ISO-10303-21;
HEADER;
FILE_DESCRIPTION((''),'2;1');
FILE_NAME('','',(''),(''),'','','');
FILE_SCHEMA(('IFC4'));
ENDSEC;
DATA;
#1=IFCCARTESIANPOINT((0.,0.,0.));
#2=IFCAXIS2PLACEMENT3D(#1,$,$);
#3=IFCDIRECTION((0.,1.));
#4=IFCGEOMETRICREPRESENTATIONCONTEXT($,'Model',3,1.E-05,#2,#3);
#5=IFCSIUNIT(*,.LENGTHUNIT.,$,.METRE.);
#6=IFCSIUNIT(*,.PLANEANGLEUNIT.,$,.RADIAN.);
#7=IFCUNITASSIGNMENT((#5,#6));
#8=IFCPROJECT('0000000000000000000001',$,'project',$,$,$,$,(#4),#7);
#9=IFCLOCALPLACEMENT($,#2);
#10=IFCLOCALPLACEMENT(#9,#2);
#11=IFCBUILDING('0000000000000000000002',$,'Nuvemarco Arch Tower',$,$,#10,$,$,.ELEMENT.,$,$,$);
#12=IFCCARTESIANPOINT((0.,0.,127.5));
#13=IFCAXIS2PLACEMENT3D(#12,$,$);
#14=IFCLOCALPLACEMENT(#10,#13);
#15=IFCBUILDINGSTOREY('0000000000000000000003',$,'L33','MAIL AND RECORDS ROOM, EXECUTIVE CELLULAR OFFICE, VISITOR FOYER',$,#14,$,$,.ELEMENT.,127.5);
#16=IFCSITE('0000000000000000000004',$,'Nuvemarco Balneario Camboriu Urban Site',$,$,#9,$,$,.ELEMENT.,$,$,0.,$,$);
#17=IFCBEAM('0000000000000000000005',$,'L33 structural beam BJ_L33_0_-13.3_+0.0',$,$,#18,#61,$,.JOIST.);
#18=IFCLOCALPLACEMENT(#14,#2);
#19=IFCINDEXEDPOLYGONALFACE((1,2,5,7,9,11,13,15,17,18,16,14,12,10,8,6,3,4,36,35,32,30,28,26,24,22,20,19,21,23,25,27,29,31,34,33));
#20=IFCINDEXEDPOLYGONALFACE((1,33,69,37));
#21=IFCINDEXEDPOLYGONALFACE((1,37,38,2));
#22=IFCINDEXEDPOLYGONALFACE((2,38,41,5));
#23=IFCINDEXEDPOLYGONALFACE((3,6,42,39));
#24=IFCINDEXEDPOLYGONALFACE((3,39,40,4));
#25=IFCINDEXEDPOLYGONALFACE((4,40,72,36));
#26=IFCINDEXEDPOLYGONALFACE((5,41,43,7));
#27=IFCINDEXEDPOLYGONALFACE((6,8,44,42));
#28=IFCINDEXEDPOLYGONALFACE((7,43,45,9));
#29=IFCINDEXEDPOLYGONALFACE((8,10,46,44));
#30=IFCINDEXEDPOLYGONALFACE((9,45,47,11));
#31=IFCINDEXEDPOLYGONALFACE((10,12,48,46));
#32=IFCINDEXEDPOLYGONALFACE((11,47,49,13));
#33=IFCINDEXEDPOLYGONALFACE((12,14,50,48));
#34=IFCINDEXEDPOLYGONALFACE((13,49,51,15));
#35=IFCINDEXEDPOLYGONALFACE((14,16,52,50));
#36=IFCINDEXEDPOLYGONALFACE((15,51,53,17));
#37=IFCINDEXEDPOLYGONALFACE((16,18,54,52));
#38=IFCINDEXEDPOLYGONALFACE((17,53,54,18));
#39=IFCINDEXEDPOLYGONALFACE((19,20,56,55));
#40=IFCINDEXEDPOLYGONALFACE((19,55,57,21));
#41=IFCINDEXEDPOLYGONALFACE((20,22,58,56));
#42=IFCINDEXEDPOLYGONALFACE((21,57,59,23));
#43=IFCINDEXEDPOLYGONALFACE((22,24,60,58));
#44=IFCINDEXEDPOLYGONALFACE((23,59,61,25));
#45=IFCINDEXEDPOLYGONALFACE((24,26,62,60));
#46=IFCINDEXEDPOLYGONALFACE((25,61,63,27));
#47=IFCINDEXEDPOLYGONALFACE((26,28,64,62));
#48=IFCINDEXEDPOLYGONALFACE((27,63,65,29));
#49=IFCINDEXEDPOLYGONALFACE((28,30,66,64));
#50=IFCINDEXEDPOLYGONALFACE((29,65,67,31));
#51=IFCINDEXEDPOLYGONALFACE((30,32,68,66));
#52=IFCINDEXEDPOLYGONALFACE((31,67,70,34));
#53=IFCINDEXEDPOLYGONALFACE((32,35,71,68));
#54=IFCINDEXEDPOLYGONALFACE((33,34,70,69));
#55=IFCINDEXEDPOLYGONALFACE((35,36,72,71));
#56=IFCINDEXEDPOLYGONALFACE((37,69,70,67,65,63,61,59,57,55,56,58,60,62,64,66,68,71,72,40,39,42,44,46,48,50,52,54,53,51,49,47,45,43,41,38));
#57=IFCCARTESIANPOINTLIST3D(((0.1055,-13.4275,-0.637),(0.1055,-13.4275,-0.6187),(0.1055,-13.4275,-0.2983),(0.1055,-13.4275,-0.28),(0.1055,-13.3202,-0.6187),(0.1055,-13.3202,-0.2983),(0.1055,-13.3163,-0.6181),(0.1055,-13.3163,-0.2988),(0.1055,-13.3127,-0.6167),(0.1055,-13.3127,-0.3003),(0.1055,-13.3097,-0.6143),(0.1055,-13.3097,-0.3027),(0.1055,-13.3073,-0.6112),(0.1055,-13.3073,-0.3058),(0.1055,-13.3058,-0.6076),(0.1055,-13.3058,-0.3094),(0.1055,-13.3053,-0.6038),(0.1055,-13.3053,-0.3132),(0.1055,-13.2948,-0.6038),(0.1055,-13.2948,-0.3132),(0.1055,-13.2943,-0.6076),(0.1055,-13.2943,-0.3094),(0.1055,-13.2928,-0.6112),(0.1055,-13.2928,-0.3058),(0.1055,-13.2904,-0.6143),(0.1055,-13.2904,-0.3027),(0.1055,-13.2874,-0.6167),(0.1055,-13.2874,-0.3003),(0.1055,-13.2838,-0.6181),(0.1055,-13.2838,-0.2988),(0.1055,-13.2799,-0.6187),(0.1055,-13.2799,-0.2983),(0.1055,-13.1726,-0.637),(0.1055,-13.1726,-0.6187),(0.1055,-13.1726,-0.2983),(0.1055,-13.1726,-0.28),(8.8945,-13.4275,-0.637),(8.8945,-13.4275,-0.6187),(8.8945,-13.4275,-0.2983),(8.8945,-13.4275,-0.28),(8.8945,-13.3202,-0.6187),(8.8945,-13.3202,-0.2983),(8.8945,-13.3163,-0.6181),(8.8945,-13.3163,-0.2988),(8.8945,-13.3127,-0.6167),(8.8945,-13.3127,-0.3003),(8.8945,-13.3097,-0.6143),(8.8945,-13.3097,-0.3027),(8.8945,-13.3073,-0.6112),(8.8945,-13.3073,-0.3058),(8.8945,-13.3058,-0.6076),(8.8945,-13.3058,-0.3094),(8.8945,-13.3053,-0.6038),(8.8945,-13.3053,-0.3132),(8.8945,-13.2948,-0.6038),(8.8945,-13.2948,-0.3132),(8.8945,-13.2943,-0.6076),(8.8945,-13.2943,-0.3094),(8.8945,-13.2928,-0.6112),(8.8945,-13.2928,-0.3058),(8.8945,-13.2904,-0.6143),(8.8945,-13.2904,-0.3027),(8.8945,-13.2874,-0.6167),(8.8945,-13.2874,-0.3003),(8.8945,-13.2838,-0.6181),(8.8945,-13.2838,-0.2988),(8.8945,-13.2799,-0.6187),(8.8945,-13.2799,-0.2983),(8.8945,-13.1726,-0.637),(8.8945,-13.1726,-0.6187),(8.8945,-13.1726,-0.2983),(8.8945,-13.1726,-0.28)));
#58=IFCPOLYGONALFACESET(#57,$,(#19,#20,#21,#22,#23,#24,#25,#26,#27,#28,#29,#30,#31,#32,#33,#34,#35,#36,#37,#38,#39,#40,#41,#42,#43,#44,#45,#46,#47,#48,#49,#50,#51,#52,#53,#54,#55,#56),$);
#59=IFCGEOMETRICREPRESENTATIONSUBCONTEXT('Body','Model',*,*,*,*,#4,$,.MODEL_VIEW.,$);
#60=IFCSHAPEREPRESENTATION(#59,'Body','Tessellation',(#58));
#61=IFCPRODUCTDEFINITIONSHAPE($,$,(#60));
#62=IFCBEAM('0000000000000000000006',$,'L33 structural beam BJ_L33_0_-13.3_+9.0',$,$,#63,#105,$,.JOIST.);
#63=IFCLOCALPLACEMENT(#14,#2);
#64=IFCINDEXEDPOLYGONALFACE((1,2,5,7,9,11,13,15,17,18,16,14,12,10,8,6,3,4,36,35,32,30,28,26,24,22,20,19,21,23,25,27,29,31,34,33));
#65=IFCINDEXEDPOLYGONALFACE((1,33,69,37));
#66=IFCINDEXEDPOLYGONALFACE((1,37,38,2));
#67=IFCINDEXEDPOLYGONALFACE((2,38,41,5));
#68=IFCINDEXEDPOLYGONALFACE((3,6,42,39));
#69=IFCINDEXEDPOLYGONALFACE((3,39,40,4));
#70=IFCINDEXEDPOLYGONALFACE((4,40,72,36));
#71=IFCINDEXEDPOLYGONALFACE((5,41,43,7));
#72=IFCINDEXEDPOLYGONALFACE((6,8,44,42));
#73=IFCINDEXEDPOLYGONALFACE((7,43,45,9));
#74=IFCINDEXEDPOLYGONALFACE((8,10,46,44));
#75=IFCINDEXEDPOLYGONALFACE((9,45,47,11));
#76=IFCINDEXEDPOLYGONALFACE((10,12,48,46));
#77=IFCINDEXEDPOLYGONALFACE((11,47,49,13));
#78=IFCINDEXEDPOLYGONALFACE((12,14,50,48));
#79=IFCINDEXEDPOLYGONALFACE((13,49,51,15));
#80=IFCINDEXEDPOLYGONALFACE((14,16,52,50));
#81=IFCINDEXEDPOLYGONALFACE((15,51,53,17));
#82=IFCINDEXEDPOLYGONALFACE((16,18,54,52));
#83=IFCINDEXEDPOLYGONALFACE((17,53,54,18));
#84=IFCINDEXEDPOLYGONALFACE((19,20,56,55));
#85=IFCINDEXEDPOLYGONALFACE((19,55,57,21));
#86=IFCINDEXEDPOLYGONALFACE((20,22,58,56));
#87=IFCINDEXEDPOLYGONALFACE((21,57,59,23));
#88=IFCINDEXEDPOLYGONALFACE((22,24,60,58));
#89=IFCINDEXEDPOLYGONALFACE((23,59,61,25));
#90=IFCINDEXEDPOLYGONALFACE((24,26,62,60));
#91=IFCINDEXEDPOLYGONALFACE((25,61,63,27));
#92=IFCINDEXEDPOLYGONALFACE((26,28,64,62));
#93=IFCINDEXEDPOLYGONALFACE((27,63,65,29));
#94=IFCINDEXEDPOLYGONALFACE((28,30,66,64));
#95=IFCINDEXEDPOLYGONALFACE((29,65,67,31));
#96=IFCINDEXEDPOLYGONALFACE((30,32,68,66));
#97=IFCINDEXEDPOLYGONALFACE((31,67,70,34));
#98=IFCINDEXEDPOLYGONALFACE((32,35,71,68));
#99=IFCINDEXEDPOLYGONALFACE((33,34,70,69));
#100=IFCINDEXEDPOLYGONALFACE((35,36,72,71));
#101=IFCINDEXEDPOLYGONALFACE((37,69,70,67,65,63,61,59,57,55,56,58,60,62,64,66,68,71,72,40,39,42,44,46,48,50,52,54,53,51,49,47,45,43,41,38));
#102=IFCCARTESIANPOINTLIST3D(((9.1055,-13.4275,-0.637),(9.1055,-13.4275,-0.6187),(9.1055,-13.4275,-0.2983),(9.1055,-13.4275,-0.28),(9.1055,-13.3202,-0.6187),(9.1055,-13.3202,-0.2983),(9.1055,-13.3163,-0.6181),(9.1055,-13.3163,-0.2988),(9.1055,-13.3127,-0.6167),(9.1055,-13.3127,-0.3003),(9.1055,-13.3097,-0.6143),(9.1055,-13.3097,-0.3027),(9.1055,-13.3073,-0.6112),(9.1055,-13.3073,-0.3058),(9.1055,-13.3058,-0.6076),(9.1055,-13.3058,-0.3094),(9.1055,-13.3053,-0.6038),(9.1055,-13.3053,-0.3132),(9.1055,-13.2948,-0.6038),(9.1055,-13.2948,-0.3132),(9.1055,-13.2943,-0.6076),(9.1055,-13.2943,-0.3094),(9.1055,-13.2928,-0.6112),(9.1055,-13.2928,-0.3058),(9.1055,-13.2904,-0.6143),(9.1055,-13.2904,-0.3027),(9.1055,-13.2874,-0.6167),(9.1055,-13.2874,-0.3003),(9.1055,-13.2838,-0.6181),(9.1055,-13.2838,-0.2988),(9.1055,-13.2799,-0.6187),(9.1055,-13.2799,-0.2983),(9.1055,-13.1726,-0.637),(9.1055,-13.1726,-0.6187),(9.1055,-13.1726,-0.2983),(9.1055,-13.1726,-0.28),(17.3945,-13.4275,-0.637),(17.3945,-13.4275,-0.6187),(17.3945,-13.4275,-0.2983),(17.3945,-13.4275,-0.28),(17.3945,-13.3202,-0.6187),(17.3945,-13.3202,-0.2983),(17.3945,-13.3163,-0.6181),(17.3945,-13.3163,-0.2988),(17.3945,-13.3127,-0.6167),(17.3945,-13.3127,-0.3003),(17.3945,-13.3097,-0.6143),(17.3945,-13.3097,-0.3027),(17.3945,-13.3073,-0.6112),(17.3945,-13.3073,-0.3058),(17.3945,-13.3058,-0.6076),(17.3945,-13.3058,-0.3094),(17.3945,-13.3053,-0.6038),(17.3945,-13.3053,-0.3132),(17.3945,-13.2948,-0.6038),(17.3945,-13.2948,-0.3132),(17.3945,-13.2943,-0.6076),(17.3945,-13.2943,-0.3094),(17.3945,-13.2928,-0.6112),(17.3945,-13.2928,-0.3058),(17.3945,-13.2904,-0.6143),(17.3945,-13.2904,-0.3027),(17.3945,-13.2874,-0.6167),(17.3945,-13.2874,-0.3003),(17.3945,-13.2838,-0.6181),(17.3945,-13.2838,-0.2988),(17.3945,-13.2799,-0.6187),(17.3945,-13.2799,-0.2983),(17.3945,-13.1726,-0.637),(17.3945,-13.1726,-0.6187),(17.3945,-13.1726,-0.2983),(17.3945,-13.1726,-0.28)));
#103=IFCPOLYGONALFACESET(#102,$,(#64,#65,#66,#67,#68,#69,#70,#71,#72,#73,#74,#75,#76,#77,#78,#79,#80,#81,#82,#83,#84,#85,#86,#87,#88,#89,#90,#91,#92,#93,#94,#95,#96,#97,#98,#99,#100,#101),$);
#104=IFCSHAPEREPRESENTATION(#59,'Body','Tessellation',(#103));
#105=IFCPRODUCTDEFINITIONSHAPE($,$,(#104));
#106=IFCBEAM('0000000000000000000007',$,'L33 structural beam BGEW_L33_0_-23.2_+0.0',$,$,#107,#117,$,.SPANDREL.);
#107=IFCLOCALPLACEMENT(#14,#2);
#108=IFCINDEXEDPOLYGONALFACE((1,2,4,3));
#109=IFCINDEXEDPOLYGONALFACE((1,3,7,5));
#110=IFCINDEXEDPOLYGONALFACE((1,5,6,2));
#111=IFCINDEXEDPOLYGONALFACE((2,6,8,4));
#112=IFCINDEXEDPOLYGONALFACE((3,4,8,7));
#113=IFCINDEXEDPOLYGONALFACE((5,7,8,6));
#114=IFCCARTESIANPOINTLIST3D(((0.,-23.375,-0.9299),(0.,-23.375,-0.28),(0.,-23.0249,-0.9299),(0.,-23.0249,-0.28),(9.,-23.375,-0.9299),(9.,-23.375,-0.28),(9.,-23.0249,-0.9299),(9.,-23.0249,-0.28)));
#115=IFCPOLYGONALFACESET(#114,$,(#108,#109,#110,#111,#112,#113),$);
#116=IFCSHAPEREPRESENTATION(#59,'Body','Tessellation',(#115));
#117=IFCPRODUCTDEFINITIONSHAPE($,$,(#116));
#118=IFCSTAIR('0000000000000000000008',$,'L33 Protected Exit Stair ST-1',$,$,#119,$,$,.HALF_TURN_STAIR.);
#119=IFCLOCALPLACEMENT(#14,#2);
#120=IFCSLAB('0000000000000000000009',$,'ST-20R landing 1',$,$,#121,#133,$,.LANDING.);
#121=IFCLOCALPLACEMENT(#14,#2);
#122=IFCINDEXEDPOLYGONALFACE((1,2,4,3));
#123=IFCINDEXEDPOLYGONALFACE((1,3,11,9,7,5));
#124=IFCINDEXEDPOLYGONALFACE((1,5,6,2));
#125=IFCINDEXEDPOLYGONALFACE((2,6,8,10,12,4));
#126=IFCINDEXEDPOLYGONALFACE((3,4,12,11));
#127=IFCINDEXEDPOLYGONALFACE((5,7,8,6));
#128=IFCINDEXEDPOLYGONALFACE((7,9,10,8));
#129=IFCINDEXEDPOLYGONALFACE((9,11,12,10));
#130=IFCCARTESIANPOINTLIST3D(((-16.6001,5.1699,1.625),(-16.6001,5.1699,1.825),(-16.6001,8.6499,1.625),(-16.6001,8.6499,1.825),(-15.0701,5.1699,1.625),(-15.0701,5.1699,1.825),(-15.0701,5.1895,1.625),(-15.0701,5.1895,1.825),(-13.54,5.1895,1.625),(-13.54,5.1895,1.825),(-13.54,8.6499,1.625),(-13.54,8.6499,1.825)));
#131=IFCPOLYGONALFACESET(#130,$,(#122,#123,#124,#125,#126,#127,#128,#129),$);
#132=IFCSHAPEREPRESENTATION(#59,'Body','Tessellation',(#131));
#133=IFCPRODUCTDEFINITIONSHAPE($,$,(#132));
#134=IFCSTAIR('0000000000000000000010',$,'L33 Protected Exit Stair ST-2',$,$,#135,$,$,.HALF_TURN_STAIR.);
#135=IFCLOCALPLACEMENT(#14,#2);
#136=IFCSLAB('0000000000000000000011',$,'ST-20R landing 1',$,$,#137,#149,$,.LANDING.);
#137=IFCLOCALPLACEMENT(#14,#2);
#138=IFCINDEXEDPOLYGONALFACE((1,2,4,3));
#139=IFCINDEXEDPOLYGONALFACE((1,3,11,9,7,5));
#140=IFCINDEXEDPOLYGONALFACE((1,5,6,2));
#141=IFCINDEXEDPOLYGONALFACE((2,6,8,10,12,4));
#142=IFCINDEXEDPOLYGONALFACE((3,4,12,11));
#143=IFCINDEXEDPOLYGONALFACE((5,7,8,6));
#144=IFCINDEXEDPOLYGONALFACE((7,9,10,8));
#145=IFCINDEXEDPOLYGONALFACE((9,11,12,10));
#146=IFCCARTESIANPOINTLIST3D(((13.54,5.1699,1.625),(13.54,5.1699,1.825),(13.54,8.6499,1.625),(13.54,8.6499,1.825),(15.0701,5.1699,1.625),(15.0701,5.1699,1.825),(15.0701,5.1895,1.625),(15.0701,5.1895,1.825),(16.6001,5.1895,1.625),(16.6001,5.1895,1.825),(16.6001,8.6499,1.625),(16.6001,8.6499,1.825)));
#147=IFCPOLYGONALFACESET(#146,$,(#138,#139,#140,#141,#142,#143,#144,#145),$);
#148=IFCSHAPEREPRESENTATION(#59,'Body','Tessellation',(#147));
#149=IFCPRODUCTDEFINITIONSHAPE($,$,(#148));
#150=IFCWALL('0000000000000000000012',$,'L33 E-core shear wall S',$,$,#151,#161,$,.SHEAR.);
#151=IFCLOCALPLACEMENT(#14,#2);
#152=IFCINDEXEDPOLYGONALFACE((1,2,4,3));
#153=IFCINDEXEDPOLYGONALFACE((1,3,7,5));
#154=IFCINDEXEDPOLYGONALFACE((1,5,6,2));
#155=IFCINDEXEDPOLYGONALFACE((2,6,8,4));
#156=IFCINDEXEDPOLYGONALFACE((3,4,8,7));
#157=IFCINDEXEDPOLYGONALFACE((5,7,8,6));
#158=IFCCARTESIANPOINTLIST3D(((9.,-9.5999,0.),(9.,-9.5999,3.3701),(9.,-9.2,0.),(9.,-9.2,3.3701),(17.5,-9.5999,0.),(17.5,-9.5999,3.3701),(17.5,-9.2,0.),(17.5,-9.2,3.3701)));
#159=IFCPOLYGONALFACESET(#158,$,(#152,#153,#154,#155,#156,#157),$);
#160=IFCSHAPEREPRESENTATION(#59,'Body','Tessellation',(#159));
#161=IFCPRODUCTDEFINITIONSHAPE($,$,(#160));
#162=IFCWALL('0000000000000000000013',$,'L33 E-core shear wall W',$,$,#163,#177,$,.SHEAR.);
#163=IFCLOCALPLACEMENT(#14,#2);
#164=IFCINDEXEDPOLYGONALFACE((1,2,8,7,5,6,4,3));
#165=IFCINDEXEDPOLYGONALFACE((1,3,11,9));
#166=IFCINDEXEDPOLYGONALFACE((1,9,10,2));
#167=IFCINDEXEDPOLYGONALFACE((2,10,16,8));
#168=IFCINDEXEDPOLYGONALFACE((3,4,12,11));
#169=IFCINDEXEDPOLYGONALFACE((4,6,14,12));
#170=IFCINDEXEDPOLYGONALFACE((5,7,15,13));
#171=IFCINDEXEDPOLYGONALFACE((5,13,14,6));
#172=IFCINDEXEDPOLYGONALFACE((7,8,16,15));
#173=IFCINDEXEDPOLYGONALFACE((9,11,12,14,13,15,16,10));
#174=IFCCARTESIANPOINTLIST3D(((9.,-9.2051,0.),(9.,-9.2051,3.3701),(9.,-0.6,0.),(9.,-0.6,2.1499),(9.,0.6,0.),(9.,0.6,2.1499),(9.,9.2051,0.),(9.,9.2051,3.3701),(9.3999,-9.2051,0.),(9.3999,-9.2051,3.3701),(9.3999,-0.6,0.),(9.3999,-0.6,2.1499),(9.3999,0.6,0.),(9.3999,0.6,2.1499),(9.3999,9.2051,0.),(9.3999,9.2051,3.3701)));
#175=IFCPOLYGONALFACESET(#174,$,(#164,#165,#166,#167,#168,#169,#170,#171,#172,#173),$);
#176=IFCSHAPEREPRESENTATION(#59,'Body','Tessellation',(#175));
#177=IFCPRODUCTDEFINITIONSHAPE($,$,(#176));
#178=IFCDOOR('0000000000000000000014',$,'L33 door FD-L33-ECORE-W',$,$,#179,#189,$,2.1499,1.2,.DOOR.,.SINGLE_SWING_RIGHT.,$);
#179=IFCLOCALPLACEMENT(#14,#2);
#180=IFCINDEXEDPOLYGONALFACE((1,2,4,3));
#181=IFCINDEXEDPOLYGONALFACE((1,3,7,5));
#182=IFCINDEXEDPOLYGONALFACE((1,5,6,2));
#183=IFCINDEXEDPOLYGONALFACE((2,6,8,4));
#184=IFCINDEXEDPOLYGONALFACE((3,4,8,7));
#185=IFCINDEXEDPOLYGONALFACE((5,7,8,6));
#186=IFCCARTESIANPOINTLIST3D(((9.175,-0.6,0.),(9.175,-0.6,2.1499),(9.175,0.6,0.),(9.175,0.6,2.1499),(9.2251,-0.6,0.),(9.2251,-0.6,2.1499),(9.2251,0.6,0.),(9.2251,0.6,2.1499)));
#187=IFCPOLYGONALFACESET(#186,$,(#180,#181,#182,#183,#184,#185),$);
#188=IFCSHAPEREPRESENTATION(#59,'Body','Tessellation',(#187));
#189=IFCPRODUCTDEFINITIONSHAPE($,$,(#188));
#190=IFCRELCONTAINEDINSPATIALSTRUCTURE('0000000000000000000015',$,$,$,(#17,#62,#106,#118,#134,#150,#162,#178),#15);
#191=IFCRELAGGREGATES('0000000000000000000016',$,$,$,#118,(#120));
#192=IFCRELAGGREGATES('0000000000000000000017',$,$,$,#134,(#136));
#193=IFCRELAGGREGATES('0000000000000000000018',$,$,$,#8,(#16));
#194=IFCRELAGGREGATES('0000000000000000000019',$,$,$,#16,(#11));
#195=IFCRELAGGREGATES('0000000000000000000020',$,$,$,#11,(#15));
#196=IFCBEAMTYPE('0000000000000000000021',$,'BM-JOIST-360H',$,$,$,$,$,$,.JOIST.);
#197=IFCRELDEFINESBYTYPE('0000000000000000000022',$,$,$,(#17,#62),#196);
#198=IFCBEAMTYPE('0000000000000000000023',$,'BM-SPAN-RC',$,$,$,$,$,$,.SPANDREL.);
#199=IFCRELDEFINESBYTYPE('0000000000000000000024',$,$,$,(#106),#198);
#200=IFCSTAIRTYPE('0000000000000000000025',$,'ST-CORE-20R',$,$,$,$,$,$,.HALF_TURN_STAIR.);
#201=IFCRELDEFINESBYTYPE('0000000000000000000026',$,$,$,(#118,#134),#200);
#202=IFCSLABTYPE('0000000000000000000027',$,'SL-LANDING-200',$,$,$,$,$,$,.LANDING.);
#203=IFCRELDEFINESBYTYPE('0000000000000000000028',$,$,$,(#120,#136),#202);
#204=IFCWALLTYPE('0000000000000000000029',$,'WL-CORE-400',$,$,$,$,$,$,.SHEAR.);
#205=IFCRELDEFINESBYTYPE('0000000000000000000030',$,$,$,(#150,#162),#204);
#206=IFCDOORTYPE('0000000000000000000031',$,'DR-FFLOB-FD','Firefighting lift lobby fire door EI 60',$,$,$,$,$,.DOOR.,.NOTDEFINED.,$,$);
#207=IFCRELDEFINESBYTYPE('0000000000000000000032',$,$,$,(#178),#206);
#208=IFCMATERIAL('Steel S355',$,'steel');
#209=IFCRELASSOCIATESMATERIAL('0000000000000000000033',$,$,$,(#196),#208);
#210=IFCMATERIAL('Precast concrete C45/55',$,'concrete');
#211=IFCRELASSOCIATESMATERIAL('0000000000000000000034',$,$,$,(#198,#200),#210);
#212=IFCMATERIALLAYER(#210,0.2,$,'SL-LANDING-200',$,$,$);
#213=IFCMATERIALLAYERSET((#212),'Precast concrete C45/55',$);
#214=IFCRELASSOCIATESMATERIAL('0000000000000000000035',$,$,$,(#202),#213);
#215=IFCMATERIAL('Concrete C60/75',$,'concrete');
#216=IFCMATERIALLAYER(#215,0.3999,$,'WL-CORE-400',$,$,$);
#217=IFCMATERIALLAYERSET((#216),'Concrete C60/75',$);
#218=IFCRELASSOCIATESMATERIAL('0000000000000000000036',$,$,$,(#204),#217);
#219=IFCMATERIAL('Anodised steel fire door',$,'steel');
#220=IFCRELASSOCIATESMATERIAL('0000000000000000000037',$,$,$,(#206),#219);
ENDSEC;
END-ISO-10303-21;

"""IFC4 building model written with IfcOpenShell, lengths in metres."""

from ifc_helpers import new_model, si_unit, direction, frame, frame_2d, origin, origin_2d, place, context, subcontext, project, spatial, polyline, rectangle, i_section, outline, extrude, source, transform, mapped, material, layer, layer_set, material_profile, profile_set, type_object, type_shapes, element, fill, aggregate, save


model = new_model("IFC4")

# Units and contexts
model_context = context("Model", 3, precision=1e-05, world=origin(), true_north=direction((0.0, 1.0)))
body_context = subcontext(model_context, "Body", "Model", "MODEL_VIEW")
ifc_project = project(units=[si_unit("LENGTHUNIT", "METRE"), si_unit("PLANEANGLEUNIT", "RADIAN")], contexts=[model_context])

# Site, building, storey
site_placement = place(None, origin())
site = spatial("IfcSite", under=ifc_project, at=site_placement, Name="Nuvemarco Balneario Camboriu Urban Site", CompositionType="ELEMENT", RefElevation=0.0)
building_placement = place(site_placement, origin())
building = spatial("IfcBuilding", under=site, at=building_placement, Name="Nuvemarco Arch Tower", CompositionType="ELEMENT")
storey_placement = place(building_placement, frame((0.0, 0.0, 127.5)))
storey = spatial("IfcBuildingStorey", under=building, at=storey_placement, Name="L33", Description="MAIL AND RECORDS ROOM, EXECUTIVE CELLULAR OFFICE, VISITOR FOYER", CompositionType="ELEMENT", Elevation=127.5)

# Shared definitions
ifc_material_1 = material(Name="Steel S355", Category="steel")

# Beams
ifc_material_2 = material(Name="Concrete C60/75", Category="concrete")
ifc_material_profile_1 = material_profile(ifc_material_1, i_section(OverallWidth=0.2549, OverallDepth=0.3569, WebThickness=0.0105, FlangeThickness=0.0183, FilletRadius=0.0149, at=origin_2d()), Name="W360x101")
ifc_profile_set_1 = profile_set([ifc_material_profile_1], Name="Steel S355")
beam_type_1 = type_object("IfcBeamType", Name="BM-JOIST-360H", PredefinedType="JOIST", material=ifc_profile_set_1)
beam_1_placement = place(storey_placement, frame((0.1055, -13.3, -0.4585), z_axis=(1.0, 0.0, 0.0), x_axis=(0.0, 1.0, 0.0)))
element("IfcBeam", 1, at=beam_1_placement, inside=storey, type_object=beam_type_1, Name="L33 structural beam BJ_L33_0_-13.3_+0.0", PredefinedType="JOIST", context=body_context, shape_type="SweptSolid", body=[
    extrude(i_section(OverallWidth=0.2549, OverallDepth=0.3569, WebThickness=0.0105, FlangeThickness=0.0183, FilletRadius=0.0149, at=origin_2d()), origin(), (0.0, 0.0, 1.0), 8.7891),
])
beam_2_placement = place(storey_placement, frame((9.1055, -13.3, -0.4585), z_axis=(1.0, 0.0, 0.0), x_axis=(0.0, 1.0, 0.0)))
element("IfcBeam", 2, at=beam_2_placement, inside=storey, type_object=beam_type_1, Name="L33 structural beam BJ_L33_0_-13.3_+9.0", PredefinedType="JOIST", context=body_context, shape_type="SweptSolid", body=[
    extrude(i_section(OverallWidth=0.2549, OverallDepth=0.3569, WebThickness=0.0105, FlangeThickness=0.0183, FilletRadius=0.0149, at=origin_2d()), origin(), (0.0, 0.0, 1.0), 8.2891),
])
ifc_material_3 = material(Name="Precast concrete C45/55", Category="concrete")
ifc_material_profile_2 = material_profile(ifc_material_3, rectangle(XDim=0.3501, YDim=0.6499, at=origin_2d()), Name="PC-SP-350x650")
ifc_profile_set_2 = profile_set([ifc_material_profile_2], Name="Precast concrete C45/55")
beam_type_2 = type_object("IfcBeamType", Name="BM-SPAN-RC", PredefinedType="SPANDREL", material=ifc_profile_set_2)
beam_3_placement = place(storey_placement, frame((0.0, -23.2, -0.605), z_axis=(1.0, 0.0, 0.0), x_axis=(0.0, 1.0, 0.0)))
element("IfcBeam", 3, at=beam_3_placement, inside=storey, type_object=beam_type_2, Name="L33 structural beam BGEW_L33_0_-23.2_+0.0", PredefinedType="SPANDREL", context=body_context, shape_type="SweptSolid", body=[
    extrude(rectangle(XDim=0.3501, YDim=0.6499, at=origin_2d()), origin(), (0.0, 0.0, 1.0), 9.0),
])

# Stairs, slabs
stair_type = type_object("IfcStairType", Name="ST-CORE-20R", PredefinedType="HALF_TURN_STAIR", material=ifc_material_3)
stair_1_placement = place(storey_placement, origin())
stair_1 = element("IfcStair", 4, at=stair_1_placement, inside=storey, type_object=stair_type, Name="L33 Protected Exit Stair ST-1", PredefinedType="HALF_TURN_STAIR")
ifc_layer_1 = layer(ifc_material_3, 0.2, Name="SL-LANDING-200")
ifc_layer_set_1 = layer_set([ifc_layer_1], Name="Precast concrete C45/55")
slab_type = type_object("IfcSlabType", Name="SL-LANDING-200", PredefinedType="LANDING", material=ifc_layer_set_1)
slab_1_placement = place(storey_placement, frame((0.0, 0.0, 1.625)))
slab_1 = element("IfcSlab", 5, at=slab_1_placement, type_object=slab_type, Name="ST-20R landing 1", PredefinedType="LANDING", context=body_context, shape_type="SweptSolid", body=[
    extrude(outline(polyline([(-13.54, 5.1895), (-13.54, 8.6499), (-16.6001, 8.6499), (-16.6001, 5.1699), (-15.0701, 5.1699), (-15.0701, 5.1895), (-13.54, 5.1895)])), origin(), (0.0, 0.0, 1.0), 0.2),
])
aggregate(stair_1, [slab_1])
stair_2_placement = place(storey_placement, origin())
stair_2 = element("IfcStair", 6, at=stair_2_placement, inside=storey, type_object=stair_type, Name="L33 Protected Exit Stair ST-2", PredefinedType="HALF_TURN_STAIR")
slab_2_placement = place(storey_placement, frame((0.0, 0.0, 1.625)))
slab_2 = element("IfcSlab", 7, at=slab_2_placement, type_object=slab_type, Name="ST-20R landing 1", PredefinedType="LANDING", context=body_context, shape_type="SweptSolid", body=[
    extrude(outline(polyline([(16.6001, 5.1895), (16.6001, 8.6499), (13.54, 8.6499), (13.54, 5.1699), (15.0701, 5.1699), (15.0701, 5.1895), (16.6001, 5.1895)])), origin(), (0.0, 0.0, 1.0), 0.2),
])
aggregate(stair_2, [slab_2])

# Wall
ifc_layer_2 = layer(ifc_material_2, 0.3999, Name="WL-CORE-400")
ifc_layer_set_2 = layer_set([ifc_layer_2], Name="Concrete C60/75")
wall_type_1 = type_object("IfcWallType", Name="WL-CORE-400", PredefinedType="SHEAR", material=ifc_layer_set_2)
wall_1_placement = place(storey_placement, frame((9.0, -9.3999, 0.0), z_axis=(0.0, 0.0, 1.0), x_axis=(1.0, 0.0, 0.0)))
element("IfcWall", 8, at=wall_1_placement, inside=storey, type_object=wall_type_1, Name="L33 E-core shear wall S", PredefinedType="SHEAR", context=body_context, shape_type="SweptSolid", body=[
    extrude(rectangle(XDim=8.5, YDim=0.3999, at=frame_2d((4.25, 0.0))), origin(), (0.0, 0.0, 1.0), 3.3701),
])

# Wall, opening, door
wall_2_placement = place(storey_placement, frame((9.2, -9.2051, 0.0), z_axis=(0.0, 0.0, 1.0), x_axis=(0.0, 1.0, 0.0)))
wall_2 = element("IfcWall", 9, at=wall_2_placement, inside=storey, type_object=wall_type_1, Name="L33 E-core shear wall W", PredefinedType="SHEAR", context=body_context, shape_type="SweptSolid", body=[
    extrude(rectangle(XDim=18.4102, YDim=0.3999, at=frame_2d((9.2051, 0.0))), origin(), (0.0, 0.0, 1.0), 3.3701),
])
opening_placement = place(wall_2_placement, frame((8.605, 0.0, 0.0)))
opening = element("IfcOpeningElement", 10, at=opening_placement, cuts=wall_2, PredefinedType="OPENING", context=body_context, shape_type="SweptSolid", body=[
    extrude(rectangle(XDim=1.2, YDim=2.1499, at=frame_2d((0.6001, 1.075))), frame((0.0, 0.21, 0.0), z_axis=(0.0, -1.0, 0.0), x_axis=(1.0, 0.0, 0.0)), (0.0, 0.0, 1.0), 0.4199),
])
ifc_material_4 = material(Name="Anodised steel fire door", Category="steel")
door_type = type_object("IfcDoorType", Name="DR-FFLOB-FD", Description="Firefighting lift lobby fire door EI 60", OperationType="NOTDEFINED", PredefinedType="DOOR", material=ifc_material_4)
shared_shape_1 = source(origin(), body_context, "Body", "SweptSolid", [
    extrude(rectangle(XDim=1.2, YDim=2.1499, at=frame_2d((0.6001, 1.075))), frame((0.0, 0.0249, 0.0), z_axis=(0.0, -1.0, 0.0), x_axis=(1.0, 0.0, 0.0)), (0.0, 0.0, 1.0), 0.05),
])
type_shapes(door_type, [shared_shape_1])
door_placement = place(opening_placement, origin())
door = element("IfcDoor", 11, at=door_placement, inside=storey, type_object=door_type, Name="L33 door FD-L33-ECORE-W", OperationType="SINGLE_SWING_RIGHT", OverallHeight=2.1499, OverallWidth=1.2, PredefinedType="DOOR", context=body_context, shape_type="MappedRepresentation", body=[
    mapped(shared_shape_1, transform((0.0, 0.0, 0.0), scale=1.0)),
])
fill(opening, door)

save(model, "model.ifc")
